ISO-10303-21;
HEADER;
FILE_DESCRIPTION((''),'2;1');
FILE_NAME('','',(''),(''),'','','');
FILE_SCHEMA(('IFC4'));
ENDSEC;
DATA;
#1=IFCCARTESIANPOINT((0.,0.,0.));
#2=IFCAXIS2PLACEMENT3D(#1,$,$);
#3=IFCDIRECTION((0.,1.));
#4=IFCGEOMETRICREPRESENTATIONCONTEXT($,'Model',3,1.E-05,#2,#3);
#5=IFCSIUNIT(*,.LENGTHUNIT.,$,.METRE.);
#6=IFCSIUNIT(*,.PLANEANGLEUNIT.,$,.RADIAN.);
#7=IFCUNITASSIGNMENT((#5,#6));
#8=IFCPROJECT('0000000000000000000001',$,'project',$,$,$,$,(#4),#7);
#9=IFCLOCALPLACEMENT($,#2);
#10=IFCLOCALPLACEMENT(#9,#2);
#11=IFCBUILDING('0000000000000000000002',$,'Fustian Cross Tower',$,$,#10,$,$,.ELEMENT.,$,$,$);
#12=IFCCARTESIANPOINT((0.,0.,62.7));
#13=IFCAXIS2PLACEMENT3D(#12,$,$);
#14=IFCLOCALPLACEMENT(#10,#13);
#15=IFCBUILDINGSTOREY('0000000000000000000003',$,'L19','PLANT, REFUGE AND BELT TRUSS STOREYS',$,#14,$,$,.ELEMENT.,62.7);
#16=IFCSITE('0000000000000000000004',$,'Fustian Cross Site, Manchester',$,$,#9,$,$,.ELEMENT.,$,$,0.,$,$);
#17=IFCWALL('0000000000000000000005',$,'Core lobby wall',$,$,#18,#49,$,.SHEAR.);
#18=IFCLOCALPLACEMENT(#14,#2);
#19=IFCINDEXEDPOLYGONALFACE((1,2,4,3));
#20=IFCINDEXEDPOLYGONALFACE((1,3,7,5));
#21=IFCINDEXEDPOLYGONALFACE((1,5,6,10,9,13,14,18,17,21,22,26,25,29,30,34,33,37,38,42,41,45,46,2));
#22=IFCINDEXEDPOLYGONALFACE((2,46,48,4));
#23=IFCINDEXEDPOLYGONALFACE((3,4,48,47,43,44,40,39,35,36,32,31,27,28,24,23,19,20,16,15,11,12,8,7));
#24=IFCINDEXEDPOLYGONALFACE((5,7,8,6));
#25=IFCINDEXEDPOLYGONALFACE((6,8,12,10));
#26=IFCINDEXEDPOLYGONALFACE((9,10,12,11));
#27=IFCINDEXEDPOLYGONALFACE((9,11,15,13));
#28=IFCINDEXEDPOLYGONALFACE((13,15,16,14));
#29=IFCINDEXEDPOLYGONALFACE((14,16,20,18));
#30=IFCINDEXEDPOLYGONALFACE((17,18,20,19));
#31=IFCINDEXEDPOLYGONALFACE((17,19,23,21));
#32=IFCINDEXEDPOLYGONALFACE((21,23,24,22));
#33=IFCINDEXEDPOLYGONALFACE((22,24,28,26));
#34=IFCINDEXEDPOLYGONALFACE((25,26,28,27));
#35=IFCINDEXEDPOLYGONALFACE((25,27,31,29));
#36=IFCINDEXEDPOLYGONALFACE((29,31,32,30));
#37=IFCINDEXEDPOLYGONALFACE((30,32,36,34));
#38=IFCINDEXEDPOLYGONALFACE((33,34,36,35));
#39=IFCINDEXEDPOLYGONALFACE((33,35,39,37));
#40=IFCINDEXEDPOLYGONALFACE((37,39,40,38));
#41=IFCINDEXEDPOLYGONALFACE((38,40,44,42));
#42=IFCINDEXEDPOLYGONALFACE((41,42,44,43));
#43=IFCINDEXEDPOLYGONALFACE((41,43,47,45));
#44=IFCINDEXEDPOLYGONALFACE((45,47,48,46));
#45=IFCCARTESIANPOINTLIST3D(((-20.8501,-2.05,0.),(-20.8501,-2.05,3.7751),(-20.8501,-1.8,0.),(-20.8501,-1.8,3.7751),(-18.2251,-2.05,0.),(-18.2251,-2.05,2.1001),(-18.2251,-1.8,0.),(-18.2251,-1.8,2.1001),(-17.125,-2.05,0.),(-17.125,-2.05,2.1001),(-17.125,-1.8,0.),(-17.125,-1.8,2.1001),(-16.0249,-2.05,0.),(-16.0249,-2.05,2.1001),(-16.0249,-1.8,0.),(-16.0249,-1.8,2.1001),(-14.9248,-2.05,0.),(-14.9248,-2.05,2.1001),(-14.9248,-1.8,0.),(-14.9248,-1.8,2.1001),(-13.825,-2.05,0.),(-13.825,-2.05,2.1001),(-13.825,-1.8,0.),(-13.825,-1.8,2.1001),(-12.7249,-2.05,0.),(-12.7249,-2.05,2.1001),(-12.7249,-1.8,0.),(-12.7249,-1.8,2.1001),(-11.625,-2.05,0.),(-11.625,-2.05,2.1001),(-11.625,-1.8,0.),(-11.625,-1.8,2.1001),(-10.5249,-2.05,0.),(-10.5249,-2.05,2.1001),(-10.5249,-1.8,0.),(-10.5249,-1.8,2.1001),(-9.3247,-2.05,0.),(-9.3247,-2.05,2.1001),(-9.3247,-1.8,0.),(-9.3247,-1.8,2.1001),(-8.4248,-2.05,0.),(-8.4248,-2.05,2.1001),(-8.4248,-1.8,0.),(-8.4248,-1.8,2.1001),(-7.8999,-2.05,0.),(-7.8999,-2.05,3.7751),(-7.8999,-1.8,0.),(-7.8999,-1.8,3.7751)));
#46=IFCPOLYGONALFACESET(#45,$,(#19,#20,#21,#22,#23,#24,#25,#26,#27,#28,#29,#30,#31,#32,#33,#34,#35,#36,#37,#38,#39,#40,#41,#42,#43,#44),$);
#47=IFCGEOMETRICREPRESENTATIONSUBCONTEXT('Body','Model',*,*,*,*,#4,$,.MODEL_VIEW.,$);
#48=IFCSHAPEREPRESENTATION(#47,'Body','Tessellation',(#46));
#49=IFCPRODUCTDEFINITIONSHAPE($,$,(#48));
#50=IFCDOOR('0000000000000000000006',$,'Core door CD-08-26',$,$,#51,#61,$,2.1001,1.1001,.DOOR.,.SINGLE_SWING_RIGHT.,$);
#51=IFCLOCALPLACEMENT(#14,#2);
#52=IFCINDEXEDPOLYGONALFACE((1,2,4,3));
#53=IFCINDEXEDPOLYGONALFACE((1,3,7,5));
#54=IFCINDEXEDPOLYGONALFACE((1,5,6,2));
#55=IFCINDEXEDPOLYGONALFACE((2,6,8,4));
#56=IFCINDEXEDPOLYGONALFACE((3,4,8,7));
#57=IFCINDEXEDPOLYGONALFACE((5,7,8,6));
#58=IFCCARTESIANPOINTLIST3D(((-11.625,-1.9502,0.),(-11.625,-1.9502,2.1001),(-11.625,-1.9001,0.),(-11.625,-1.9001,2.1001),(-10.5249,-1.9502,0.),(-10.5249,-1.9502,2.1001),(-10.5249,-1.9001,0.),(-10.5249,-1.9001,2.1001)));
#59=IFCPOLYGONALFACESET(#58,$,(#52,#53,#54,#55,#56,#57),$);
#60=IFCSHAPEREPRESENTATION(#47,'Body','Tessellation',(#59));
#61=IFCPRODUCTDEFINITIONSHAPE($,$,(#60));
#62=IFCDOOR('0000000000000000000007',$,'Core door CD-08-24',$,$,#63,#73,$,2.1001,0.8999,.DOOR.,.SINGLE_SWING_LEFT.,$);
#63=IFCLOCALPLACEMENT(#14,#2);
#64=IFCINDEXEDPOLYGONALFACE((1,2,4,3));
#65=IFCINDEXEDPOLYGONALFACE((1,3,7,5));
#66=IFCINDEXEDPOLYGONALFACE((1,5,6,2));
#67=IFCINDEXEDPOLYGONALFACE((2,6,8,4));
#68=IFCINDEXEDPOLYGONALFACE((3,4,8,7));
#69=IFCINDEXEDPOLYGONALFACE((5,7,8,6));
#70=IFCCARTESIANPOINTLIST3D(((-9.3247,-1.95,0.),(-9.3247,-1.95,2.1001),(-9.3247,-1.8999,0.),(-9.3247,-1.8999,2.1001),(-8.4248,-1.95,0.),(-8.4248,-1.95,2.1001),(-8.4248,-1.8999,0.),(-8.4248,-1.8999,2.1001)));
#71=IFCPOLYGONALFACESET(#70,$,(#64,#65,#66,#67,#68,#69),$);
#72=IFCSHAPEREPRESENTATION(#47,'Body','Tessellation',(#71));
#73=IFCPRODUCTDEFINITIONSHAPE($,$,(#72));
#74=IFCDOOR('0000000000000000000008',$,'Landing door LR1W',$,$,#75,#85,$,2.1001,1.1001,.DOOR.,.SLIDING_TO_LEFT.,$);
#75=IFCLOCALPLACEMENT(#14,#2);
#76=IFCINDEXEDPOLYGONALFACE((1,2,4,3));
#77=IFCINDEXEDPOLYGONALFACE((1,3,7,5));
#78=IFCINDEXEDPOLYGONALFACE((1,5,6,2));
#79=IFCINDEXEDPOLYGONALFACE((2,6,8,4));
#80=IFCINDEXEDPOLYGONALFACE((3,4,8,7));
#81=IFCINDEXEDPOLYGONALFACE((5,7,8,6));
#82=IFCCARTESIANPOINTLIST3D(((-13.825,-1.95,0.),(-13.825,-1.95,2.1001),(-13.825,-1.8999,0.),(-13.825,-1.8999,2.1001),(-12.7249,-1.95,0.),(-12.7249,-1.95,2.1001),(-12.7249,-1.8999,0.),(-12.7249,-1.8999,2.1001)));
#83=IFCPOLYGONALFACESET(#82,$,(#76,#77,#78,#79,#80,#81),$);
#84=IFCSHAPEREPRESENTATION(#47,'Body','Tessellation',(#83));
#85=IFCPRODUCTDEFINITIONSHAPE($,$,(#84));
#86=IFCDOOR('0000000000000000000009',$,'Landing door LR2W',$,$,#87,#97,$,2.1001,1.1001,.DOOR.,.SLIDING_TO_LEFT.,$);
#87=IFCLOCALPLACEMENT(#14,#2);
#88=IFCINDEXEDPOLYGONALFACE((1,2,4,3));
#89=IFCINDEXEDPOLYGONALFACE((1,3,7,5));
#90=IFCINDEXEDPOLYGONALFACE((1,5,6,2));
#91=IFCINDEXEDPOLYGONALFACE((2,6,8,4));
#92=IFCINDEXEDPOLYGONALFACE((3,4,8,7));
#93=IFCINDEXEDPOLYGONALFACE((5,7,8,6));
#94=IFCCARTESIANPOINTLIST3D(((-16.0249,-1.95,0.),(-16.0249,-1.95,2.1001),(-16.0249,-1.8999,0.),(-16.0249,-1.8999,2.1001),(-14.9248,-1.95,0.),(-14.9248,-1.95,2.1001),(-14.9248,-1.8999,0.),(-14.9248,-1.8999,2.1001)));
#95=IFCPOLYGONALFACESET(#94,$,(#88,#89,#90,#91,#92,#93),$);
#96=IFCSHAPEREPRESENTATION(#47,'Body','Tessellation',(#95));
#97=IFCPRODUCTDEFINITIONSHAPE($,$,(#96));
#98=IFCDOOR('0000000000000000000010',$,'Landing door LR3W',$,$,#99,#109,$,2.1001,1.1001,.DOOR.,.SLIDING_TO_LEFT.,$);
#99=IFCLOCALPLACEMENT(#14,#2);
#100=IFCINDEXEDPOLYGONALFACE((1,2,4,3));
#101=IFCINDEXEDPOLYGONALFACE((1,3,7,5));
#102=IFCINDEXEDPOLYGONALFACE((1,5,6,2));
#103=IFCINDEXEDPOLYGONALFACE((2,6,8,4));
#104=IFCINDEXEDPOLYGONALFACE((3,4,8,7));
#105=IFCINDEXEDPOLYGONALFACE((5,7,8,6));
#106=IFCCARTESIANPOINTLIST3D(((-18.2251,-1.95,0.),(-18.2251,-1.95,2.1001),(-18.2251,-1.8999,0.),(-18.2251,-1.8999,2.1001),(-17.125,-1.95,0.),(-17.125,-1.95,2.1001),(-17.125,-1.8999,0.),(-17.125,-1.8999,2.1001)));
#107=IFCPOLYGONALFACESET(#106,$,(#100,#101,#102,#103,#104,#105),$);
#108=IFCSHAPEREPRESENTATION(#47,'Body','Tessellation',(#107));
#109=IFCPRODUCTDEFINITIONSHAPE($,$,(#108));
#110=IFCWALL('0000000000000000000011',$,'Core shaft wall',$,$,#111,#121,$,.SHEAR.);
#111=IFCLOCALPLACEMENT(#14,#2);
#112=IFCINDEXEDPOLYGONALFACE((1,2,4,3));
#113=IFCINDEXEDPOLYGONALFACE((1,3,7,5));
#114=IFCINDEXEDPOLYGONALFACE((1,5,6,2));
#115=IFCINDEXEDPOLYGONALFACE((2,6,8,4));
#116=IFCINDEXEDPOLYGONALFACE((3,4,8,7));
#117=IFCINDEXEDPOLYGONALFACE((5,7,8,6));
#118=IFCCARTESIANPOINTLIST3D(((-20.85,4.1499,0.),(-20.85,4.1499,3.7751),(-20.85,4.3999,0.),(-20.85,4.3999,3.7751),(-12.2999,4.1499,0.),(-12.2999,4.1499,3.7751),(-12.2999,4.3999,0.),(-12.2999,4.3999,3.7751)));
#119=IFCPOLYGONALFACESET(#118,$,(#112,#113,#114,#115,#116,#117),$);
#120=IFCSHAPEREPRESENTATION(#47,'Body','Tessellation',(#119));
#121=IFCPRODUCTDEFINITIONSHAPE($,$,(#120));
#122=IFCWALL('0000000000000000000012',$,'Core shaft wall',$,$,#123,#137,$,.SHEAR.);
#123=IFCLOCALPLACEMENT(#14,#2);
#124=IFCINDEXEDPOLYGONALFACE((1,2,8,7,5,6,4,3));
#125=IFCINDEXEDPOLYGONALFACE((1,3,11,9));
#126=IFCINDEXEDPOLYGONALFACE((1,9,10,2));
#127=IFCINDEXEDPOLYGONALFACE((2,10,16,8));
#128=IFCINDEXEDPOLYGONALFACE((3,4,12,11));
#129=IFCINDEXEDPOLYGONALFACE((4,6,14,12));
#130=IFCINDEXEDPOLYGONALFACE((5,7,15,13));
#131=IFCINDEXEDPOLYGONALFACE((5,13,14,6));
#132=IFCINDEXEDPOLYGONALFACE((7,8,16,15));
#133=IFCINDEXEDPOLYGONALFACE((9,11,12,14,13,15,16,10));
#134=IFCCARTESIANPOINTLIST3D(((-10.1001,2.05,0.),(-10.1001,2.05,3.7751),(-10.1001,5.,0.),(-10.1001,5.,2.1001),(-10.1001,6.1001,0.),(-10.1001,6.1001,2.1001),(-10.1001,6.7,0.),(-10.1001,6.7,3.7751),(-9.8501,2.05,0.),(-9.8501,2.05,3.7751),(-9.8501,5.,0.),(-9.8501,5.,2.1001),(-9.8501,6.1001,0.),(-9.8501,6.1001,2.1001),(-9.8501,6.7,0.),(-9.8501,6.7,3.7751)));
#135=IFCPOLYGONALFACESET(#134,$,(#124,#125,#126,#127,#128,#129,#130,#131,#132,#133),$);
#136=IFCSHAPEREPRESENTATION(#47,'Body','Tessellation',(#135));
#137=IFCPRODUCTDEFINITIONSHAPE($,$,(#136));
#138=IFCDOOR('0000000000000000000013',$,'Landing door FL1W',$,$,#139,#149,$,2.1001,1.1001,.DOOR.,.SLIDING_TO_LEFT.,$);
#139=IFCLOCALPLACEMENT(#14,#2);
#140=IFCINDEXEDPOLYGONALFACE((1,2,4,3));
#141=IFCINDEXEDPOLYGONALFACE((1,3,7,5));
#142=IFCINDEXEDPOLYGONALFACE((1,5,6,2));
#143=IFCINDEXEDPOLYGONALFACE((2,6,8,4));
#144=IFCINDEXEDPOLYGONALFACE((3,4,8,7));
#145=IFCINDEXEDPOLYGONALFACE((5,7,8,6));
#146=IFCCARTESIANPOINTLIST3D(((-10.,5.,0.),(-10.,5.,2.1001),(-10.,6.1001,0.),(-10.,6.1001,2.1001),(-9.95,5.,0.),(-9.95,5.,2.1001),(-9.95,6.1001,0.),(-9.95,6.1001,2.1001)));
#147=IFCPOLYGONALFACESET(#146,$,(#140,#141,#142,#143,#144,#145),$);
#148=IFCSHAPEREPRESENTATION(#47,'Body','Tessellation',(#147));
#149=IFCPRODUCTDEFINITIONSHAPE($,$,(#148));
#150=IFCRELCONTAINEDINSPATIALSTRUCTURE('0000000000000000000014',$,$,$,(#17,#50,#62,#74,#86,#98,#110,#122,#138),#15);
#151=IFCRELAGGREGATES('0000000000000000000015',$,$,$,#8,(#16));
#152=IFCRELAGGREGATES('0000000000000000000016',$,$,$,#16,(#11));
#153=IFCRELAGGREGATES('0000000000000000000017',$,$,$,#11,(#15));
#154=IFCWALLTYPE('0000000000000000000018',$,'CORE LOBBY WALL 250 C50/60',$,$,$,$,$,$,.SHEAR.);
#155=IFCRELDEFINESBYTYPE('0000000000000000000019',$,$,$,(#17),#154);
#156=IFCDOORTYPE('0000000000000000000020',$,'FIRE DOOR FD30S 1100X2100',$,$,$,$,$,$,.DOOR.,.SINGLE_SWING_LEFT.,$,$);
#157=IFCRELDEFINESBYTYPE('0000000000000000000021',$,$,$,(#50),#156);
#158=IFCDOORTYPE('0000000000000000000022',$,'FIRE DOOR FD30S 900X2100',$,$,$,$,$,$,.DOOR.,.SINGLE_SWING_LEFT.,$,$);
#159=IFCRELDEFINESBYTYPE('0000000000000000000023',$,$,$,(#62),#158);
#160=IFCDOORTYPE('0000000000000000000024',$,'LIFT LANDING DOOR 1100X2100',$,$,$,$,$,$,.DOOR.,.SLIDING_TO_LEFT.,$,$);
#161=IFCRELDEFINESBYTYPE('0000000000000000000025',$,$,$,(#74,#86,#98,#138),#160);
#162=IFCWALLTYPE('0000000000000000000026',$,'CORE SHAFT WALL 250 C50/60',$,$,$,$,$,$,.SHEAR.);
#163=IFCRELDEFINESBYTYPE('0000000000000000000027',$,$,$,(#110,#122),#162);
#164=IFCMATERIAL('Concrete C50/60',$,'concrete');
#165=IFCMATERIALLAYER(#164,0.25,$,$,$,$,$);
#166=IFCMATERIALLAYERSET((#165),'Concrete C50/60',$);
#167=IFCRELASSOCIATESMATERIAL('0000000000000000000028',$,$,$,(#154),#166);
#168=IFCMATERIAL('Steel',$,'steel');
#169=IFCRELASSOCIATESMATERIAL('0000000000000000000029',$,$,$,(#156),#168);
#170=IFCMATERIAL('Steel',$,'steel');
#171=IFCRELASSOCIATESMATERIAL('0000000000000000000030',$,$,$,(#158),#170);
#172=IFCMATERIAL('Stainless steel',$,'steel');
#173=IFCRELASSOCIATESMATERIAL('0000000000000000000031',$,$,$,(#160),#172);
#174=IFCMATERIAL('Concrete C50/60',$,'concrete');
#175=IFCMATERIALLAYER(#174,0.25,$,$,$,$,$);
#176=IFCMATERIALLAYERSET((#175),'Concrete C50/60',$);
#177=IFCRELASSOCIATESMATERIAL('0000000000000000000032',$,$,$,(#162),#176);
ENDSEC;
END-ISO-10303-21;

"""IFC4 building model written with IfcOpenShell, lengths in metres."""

from ifc_helpers import new_model, si_unit, direction, frame, frame_2d, origin, place, context, subcontext, project, spatial, rectangle, extrude, material, layer, layer_set, type_object, element, fill, save


model = new_model("IFC4")

# Units and contexts
model_context = context("Model", 3, precision=1e-05, world=origin(), true_north=direction((0.0, 1.0)))
body_context = subcontext(model_context, "Body", "Model", "MODEL_VIEW")
ifc_project = project(units=[si_unit("LENGTHUNIT", "METRE"), si_unit("PLANEANGLEUNIT", "RADIAN")], contexts=[model_context])

# Site, building, storey
site_placement = place(None, origin())
site = spatial("IfcSite", under=ifc_project, at=site_placement, Name="Fustian Cross Site, Manchester", CompositionType="ELEMENT", RefElevation=0.0)
building_placement = place(site_placement, origin())
building = spatial("IfcBuilding", under=site, at=building_placement, Name="Fustian Cross Tower", CompositionType="ELEMENT")
storey_placement = place(building_placement, frame((0.0, 0.0, 62.7)))
storey = spatial("IfcBuildingStorey", under=building, at=storey_placement, Name="L19", Description="PLANT, REFUGE AND BELT TRUSS STOREYS", CompositionType="ELEMENT", Elevation=62.7)

# Wall, openings, doors
ifc_material_1 = material(Name="Concrete C50/60", Category="concrete")
ifc_layer_1 = layer(ifc_material_1, 0.25)
ifc_layer_set_1 = layer_set([ifc_layer_1], Name="Concrete C50/60")
wall_type_1 = type_object("IfcWallType", Name="CORE LOBBY WALL 250 C50/60", PredefinedType="SHEAR", material=ifc_layer_set_1)
wall_1_placement = place(storey_placement, frame((-7.8999, -1.925, 0.0), z_axis=(0.0, 0.0, 1.0), x_axis=(-1.0, 0.0, 0.0)))
wall_1 = element("IfcWall", 1, at=wall_1_placement, inside=storey, type_object=wall_type_1, Name="Core lobby wall", PredefinedType="SHEAR", context=body_context, shape_type="SweptSolid", body=[
    extrude(rectangle(XDim=12.9502, YDim=0.25, at=frame_2d((6.4751, 0.0))), origin(), (0.0, 0.0, 1.0), 3.7751),
])
opening_1_placement = place(wall_1_placement, frame((4.825, 0.0, 0.0)))
opening_1 = element("IfcOpeningElement", 2, at=opening_1_placement, cuts=wall_1, PredefinedType="OPENING", context=body_context, shape_type="SweptSolid", body=[
    extrude(rectangle(XDim=1.1001, YDim=2.1001, at=frame_2d((0.55, 1.05))), frame((0.0, 0.135, 0.0), z_axis=(0.0, -1.0, 0.0), x_axis=(1.0, 0.0, 0.0)), (0.0, 0.0, 1.0), 0.27),
])
opening_2_placement = place(wall_1_placement, frame((7.0249, 0.0, 0.0)))
opening_2 = element("IfcOpeningElement", 3, at=opening_2_placement, cuts=wall_1, PredefinedType="OPENING", context=body_context, shape_type="SweptSolid", body=[
    extrude(rectangle(XDim=1.1001, YDim=2.1001, at=frame_2d((0.55, 1.05))), frame((0.0, 0.135, 0.0), z_axis=(0.0, -1.0, 0.0), x_axis=(1.0, 0.0, 0.0)), (0.0, 0.0, 1.0), 0.27),
])
opening_3_placement = place(wall_1_placement, frame((9.2251, 0.0, 0.0)))
opening_3 = element("IfcOpeningElement", 4, at=opening_3_placement, cuts=wall_1, PredefinedType="OPENING", context=body_context, shape_type="SweptSolid", body=[
    extrude(rectangle(XDim=1.1001, YDim=2.1001, at=frame_2d((0.55, 1.05))), frame((0.0, 0.135, 0.0), z_axis=(0.0, -1.0, 0.0), x_axis=(1.0, 0.0, 0.0)), (0.0, 0.0, 1.0), 0.27),
])
opening_4_placement = place(wall_1_placement, frame((0.5249, 0.0, 0.0)))
opening_4 = element("IfcOpeningElement", 5, at=opening_4_placement, cuts=wall_1, PredefinedType="OPENING", context=body_context, shape_type="SweptSolid", body=[
    extrude(rectangle(XDim=0.8999, YDim=2.1001, at=frame_2d((0.45, 1.05))), frame((0.0, 0.135, 0.0), z_axis=(0.0, -1.0, 0.0), x_axis=(1.0, 0.0, 0.0)), (0.0, 0.0, 1.0), 0.27),
])
opening_5_placement = place(wall_1_placement, frame((2.625, 0.0, 0.0)))
opening_5 = element("IfcOpeningElement", 6, at=opening_5_placement, cuts=wall_1, PredefinedType="OPENING", context=body_context, shape_type="SweptSolid", body=[
    extrude(rectangle(XDim=1.1001, YDim=2.1001, at=frame_2d((0.55, 1.05))), frame((0.0, 0.135, 0.0), z_axis=(0.0, -1.0, 0.0), x_axis=(1.0, 0.0, 0.0)), (0.0, 0.0, 1.0), 0.27),
])
ifc_material_2 = material(Name="Steel", Category="steel")
door_type_1 = type_object("IfcDoorType", Name="FIRE DOOR FD30S 1100X2100", OperationType="SINGLE_SWING_LEFT", PredefinedType="DOOR", material=ifc_material_2)
door_1_placement = place(opening_5_placement, frame((1.1001, 0.0, 0.0), z_axis=(0.0, 0.0, 1.0), x_axis=(-1.0, 0.0, 0.0)))
door_1 = element("IfcDoor", 7, at=door_1_placement, inside=storey, type_object=door_type_1, Name="Core door CD-08-26", OperationType="SINGLE_SWING_RIGHT", OverallHeight=2.1001, OverallWidth=1.1001, PredefinedType="DOOR", context=body_context, shape_type="SweptSolid", body=[
    extrude(rectangle(XDim=1.1001, YDim=2.1001, at=frame_2d((0.55, 1.05))), frame((0.0, 0.0249, 0.0), z_axis=(0.0, -1.0, 0.0), x_axis=(1.0, 0.0, 0.0)), (0.0, 0.0, 1.0), 0.05),
])
fill(opening_5, door_1)
ifc_material_3 = material(Name="Steel", Category="steel")
door_type_2 = type_object("IfcDoorType", Name="FIRE DOOR FD30S 900X2100", OperationType="SINGLE_SWING_LEFT", PredefinedType="DOOR", material=ifc_material_3)
door_2_placement = place(opening_4_placement, origin())
door_2 = element("IfcDoor", 8, at=door_2_placement, inside=storey, type_object=door_type_2, Name="Core door CD-08-24", OperationType="SINGLE_SWING_LEFT", OverallHeight=2.1001, OverallWidth=0.8999, PredefinedType="DOOR", context=body_context, shape_type="SweptSolid", body=[
    extrude(rectangle(XDim=0.8999, YDim=2.1001, at=frame_2d((0.45, 1.05))), frame((0.0, 0.0249, 0.0), z_axis=(0.0, -1.0, 0.0), x_axis=(1.0, 0.0, 0.0)), (0.0, 0.0, 1.0), 0.05),
])
fill(opening_4, door_2)
ifc_material_4 = material(Name="Stainless steel", Category="steel")
door_type_3 = type_object("IfcDoorType", Name="LIFT LANDING DOOR 1100X2100", OperationType="SLIDING_TO_LEFT", PredefinedType="DOOR", material=ifc_material_4)
door_3_placement = place(opening_1_placement, origin())
door_3 = element("IfcDoor", 9, at=door_3_placement, inside=storey, type_object=door_type_3, Name="Landing door LR1W", OperationType="SLIDING_TO_LEFT", OverallHeight=2.1001, OverallWidth=1.1001, PredefinedType="DOOR", context=body_context, shape_type="SweptSolid", body=[
    extrude(rectangle(XDim=1.1001, YDim=2.1001, at=frame_2d((0.55, 1.05))), frame((0.0, 0.0249, 0.0), z_axis=(0.0, -1.0, 0.0), x_axis=(1.0, 0.0, 0.0)), (0.0, 0.0, 1.0), 0.05),
])
fill(opening_1, door_3)
door_4_placement = place(opening_2_placement, origin())
door_4 = element("IfcDoor", 10, at=door_4_placement, inside=storey, type_object=door_type_3, Name="Landing door LR2W", OperationType="SLIDING_TO_LEFT", OverallHeight=2.1001, OverallWidth=1.1001, PredefinedType="DOOR", context=body_context, shape_type="SweptSolid", body=[
    extrude(rectangle(XDim=1.1001, YDim=2.1001, at=frame_2d((0.55, 1.05))), frame((0.0, 0.0249, 0.0), z_axis=(0.0, -1.0, 0.0), x_axis=(1.0, 0.0, 0.0)), (0.0, 0.0, 1.0), 0.05),
])
fill(opening_2, door_4)
door_5_placement = place(opening_3_placement, origin())
door_5 = element("IfcDoor", 11, at=door_5_placement, inside=storey, type_object=door_type_3, Name="Landing door LR3W", OperationType="SLIDING_TO_LEFT", OverallHeight=2.1001, OverallWidth=1.1001, PredefinedType="DOOR", context=body_context, shape_type="SweptSolid", body=[
    extrude(rectangle(XDim=1.1001, YDim=2.1001, at=frame_2d((0.55, 1.05))), frame((0.0, 0.0249, 0.0), z_axis=(0.0, -1.0, 0.0), x_axis=(1.0, 0.0, 0.0)), (0.0, 0.0, 1.0), 0.05),
])
fill(opening_3, door_5)

# Wall
ifc_material_5 = material(Name="Concrete C50/60", Category="concrete")
ifc_layer_2 = layer(ifc_material_5, 0.25)
ifc_layer_set_2 = layer_set([ifc_layer_2], Name="Concrete C50/60")
wall_type_2 = type_object("IfcWallType", Name="CORE SHAFT WALL 250 C50/60", PredefinedType="SHEAR", material=ifc_layer_set_2)
wall_2_placement = place(storey_placement, frame((-12.3, 4.2749, 0.0), z_axis=(0.0, 0.0, 1.0), x_axis=(-1.0, 0.0, 0.0)))
element("IfcWall", 12, at=wall_2_placement, inside=storey, type_object=wall_type_2, Name="Core shaft wall", PredefinedType="SHEAR", context=body_context, shape_type="SweptSolid", body=[
    extrude(rectangle(XDim=8.55, YDim=0.25, at=frame_2d((4.2749, 0.0))), origin(), (0.0, 0.0, 1.0), 3.7751),
])

# Wall, opening, door
wall_3_placement = place(storey_placement, frame((-9.9751, 2.05, 0.0), z_axis=(0.0, 0.0, 1.0), x_axis=(0.0, 1.0, 0.0)))
wall_3 = element("IfcWall", 13, at=wall_3_placement, inside=storey, type_object=wall_type_2, Name="Core shaft wall", PredefinedType="SHEAR", context=body_context, shape_type="SweptSolid", body=[
    extrude(rectangle(XDim=4.6499, YDim=0.25, at=frame_2d((2.325, 0.0))), origin(), (0.0, 0.0, 1.0), 3.7751),
])
opening_6_placement = place(wall_3_placement, frame((2.95, 0.0, 0.0)))
opening_6 = element("IfcOpeningElement", 14, at=opening_6_placement, cuts=wall_3, PredefinedType="OPENING", context=body_context, shape_type="SweptSolid", body=[
    extrude(rectangle(XDim=1.1001, YDim=2.1001, at=frame_2d((0.55, 1.05))), frame((0.0, 0.135, 0.0), z_axis=(0.0, -1.0, 0.0), x_axis=(1.0, 0.0, 0.0)), (0.0, 0.0, 1.0), 0.27),
])
door_6_placement = place(opening_6_placement, origin())
door_6 = element("IfcDoor", 15, at=door_6_placement, inside=storey, type_object=door_type_3, Name="Landing door FL1W", OperationType="SLIDING_TO_LEFT", OverallHeight=2.1001, OverallWidth=1.1001, PredefinedType="DOOR", context=body_context, shape_type="SweptSolid", body=[
    extrude(rectangle(XDim=1.1001, YDim=2.1001, at=frame_2d((0.55, 1.05))), frame((0.0, 0.0249, 0.0), z_axis=(0.0, -1.0, 0.0), x_axis=(1.0, 0.0, 0.0)), (0.0, 0.0, 1.0), 0.05),
])
fill(opening_6, door_6)

save(model, "model.ifc")
